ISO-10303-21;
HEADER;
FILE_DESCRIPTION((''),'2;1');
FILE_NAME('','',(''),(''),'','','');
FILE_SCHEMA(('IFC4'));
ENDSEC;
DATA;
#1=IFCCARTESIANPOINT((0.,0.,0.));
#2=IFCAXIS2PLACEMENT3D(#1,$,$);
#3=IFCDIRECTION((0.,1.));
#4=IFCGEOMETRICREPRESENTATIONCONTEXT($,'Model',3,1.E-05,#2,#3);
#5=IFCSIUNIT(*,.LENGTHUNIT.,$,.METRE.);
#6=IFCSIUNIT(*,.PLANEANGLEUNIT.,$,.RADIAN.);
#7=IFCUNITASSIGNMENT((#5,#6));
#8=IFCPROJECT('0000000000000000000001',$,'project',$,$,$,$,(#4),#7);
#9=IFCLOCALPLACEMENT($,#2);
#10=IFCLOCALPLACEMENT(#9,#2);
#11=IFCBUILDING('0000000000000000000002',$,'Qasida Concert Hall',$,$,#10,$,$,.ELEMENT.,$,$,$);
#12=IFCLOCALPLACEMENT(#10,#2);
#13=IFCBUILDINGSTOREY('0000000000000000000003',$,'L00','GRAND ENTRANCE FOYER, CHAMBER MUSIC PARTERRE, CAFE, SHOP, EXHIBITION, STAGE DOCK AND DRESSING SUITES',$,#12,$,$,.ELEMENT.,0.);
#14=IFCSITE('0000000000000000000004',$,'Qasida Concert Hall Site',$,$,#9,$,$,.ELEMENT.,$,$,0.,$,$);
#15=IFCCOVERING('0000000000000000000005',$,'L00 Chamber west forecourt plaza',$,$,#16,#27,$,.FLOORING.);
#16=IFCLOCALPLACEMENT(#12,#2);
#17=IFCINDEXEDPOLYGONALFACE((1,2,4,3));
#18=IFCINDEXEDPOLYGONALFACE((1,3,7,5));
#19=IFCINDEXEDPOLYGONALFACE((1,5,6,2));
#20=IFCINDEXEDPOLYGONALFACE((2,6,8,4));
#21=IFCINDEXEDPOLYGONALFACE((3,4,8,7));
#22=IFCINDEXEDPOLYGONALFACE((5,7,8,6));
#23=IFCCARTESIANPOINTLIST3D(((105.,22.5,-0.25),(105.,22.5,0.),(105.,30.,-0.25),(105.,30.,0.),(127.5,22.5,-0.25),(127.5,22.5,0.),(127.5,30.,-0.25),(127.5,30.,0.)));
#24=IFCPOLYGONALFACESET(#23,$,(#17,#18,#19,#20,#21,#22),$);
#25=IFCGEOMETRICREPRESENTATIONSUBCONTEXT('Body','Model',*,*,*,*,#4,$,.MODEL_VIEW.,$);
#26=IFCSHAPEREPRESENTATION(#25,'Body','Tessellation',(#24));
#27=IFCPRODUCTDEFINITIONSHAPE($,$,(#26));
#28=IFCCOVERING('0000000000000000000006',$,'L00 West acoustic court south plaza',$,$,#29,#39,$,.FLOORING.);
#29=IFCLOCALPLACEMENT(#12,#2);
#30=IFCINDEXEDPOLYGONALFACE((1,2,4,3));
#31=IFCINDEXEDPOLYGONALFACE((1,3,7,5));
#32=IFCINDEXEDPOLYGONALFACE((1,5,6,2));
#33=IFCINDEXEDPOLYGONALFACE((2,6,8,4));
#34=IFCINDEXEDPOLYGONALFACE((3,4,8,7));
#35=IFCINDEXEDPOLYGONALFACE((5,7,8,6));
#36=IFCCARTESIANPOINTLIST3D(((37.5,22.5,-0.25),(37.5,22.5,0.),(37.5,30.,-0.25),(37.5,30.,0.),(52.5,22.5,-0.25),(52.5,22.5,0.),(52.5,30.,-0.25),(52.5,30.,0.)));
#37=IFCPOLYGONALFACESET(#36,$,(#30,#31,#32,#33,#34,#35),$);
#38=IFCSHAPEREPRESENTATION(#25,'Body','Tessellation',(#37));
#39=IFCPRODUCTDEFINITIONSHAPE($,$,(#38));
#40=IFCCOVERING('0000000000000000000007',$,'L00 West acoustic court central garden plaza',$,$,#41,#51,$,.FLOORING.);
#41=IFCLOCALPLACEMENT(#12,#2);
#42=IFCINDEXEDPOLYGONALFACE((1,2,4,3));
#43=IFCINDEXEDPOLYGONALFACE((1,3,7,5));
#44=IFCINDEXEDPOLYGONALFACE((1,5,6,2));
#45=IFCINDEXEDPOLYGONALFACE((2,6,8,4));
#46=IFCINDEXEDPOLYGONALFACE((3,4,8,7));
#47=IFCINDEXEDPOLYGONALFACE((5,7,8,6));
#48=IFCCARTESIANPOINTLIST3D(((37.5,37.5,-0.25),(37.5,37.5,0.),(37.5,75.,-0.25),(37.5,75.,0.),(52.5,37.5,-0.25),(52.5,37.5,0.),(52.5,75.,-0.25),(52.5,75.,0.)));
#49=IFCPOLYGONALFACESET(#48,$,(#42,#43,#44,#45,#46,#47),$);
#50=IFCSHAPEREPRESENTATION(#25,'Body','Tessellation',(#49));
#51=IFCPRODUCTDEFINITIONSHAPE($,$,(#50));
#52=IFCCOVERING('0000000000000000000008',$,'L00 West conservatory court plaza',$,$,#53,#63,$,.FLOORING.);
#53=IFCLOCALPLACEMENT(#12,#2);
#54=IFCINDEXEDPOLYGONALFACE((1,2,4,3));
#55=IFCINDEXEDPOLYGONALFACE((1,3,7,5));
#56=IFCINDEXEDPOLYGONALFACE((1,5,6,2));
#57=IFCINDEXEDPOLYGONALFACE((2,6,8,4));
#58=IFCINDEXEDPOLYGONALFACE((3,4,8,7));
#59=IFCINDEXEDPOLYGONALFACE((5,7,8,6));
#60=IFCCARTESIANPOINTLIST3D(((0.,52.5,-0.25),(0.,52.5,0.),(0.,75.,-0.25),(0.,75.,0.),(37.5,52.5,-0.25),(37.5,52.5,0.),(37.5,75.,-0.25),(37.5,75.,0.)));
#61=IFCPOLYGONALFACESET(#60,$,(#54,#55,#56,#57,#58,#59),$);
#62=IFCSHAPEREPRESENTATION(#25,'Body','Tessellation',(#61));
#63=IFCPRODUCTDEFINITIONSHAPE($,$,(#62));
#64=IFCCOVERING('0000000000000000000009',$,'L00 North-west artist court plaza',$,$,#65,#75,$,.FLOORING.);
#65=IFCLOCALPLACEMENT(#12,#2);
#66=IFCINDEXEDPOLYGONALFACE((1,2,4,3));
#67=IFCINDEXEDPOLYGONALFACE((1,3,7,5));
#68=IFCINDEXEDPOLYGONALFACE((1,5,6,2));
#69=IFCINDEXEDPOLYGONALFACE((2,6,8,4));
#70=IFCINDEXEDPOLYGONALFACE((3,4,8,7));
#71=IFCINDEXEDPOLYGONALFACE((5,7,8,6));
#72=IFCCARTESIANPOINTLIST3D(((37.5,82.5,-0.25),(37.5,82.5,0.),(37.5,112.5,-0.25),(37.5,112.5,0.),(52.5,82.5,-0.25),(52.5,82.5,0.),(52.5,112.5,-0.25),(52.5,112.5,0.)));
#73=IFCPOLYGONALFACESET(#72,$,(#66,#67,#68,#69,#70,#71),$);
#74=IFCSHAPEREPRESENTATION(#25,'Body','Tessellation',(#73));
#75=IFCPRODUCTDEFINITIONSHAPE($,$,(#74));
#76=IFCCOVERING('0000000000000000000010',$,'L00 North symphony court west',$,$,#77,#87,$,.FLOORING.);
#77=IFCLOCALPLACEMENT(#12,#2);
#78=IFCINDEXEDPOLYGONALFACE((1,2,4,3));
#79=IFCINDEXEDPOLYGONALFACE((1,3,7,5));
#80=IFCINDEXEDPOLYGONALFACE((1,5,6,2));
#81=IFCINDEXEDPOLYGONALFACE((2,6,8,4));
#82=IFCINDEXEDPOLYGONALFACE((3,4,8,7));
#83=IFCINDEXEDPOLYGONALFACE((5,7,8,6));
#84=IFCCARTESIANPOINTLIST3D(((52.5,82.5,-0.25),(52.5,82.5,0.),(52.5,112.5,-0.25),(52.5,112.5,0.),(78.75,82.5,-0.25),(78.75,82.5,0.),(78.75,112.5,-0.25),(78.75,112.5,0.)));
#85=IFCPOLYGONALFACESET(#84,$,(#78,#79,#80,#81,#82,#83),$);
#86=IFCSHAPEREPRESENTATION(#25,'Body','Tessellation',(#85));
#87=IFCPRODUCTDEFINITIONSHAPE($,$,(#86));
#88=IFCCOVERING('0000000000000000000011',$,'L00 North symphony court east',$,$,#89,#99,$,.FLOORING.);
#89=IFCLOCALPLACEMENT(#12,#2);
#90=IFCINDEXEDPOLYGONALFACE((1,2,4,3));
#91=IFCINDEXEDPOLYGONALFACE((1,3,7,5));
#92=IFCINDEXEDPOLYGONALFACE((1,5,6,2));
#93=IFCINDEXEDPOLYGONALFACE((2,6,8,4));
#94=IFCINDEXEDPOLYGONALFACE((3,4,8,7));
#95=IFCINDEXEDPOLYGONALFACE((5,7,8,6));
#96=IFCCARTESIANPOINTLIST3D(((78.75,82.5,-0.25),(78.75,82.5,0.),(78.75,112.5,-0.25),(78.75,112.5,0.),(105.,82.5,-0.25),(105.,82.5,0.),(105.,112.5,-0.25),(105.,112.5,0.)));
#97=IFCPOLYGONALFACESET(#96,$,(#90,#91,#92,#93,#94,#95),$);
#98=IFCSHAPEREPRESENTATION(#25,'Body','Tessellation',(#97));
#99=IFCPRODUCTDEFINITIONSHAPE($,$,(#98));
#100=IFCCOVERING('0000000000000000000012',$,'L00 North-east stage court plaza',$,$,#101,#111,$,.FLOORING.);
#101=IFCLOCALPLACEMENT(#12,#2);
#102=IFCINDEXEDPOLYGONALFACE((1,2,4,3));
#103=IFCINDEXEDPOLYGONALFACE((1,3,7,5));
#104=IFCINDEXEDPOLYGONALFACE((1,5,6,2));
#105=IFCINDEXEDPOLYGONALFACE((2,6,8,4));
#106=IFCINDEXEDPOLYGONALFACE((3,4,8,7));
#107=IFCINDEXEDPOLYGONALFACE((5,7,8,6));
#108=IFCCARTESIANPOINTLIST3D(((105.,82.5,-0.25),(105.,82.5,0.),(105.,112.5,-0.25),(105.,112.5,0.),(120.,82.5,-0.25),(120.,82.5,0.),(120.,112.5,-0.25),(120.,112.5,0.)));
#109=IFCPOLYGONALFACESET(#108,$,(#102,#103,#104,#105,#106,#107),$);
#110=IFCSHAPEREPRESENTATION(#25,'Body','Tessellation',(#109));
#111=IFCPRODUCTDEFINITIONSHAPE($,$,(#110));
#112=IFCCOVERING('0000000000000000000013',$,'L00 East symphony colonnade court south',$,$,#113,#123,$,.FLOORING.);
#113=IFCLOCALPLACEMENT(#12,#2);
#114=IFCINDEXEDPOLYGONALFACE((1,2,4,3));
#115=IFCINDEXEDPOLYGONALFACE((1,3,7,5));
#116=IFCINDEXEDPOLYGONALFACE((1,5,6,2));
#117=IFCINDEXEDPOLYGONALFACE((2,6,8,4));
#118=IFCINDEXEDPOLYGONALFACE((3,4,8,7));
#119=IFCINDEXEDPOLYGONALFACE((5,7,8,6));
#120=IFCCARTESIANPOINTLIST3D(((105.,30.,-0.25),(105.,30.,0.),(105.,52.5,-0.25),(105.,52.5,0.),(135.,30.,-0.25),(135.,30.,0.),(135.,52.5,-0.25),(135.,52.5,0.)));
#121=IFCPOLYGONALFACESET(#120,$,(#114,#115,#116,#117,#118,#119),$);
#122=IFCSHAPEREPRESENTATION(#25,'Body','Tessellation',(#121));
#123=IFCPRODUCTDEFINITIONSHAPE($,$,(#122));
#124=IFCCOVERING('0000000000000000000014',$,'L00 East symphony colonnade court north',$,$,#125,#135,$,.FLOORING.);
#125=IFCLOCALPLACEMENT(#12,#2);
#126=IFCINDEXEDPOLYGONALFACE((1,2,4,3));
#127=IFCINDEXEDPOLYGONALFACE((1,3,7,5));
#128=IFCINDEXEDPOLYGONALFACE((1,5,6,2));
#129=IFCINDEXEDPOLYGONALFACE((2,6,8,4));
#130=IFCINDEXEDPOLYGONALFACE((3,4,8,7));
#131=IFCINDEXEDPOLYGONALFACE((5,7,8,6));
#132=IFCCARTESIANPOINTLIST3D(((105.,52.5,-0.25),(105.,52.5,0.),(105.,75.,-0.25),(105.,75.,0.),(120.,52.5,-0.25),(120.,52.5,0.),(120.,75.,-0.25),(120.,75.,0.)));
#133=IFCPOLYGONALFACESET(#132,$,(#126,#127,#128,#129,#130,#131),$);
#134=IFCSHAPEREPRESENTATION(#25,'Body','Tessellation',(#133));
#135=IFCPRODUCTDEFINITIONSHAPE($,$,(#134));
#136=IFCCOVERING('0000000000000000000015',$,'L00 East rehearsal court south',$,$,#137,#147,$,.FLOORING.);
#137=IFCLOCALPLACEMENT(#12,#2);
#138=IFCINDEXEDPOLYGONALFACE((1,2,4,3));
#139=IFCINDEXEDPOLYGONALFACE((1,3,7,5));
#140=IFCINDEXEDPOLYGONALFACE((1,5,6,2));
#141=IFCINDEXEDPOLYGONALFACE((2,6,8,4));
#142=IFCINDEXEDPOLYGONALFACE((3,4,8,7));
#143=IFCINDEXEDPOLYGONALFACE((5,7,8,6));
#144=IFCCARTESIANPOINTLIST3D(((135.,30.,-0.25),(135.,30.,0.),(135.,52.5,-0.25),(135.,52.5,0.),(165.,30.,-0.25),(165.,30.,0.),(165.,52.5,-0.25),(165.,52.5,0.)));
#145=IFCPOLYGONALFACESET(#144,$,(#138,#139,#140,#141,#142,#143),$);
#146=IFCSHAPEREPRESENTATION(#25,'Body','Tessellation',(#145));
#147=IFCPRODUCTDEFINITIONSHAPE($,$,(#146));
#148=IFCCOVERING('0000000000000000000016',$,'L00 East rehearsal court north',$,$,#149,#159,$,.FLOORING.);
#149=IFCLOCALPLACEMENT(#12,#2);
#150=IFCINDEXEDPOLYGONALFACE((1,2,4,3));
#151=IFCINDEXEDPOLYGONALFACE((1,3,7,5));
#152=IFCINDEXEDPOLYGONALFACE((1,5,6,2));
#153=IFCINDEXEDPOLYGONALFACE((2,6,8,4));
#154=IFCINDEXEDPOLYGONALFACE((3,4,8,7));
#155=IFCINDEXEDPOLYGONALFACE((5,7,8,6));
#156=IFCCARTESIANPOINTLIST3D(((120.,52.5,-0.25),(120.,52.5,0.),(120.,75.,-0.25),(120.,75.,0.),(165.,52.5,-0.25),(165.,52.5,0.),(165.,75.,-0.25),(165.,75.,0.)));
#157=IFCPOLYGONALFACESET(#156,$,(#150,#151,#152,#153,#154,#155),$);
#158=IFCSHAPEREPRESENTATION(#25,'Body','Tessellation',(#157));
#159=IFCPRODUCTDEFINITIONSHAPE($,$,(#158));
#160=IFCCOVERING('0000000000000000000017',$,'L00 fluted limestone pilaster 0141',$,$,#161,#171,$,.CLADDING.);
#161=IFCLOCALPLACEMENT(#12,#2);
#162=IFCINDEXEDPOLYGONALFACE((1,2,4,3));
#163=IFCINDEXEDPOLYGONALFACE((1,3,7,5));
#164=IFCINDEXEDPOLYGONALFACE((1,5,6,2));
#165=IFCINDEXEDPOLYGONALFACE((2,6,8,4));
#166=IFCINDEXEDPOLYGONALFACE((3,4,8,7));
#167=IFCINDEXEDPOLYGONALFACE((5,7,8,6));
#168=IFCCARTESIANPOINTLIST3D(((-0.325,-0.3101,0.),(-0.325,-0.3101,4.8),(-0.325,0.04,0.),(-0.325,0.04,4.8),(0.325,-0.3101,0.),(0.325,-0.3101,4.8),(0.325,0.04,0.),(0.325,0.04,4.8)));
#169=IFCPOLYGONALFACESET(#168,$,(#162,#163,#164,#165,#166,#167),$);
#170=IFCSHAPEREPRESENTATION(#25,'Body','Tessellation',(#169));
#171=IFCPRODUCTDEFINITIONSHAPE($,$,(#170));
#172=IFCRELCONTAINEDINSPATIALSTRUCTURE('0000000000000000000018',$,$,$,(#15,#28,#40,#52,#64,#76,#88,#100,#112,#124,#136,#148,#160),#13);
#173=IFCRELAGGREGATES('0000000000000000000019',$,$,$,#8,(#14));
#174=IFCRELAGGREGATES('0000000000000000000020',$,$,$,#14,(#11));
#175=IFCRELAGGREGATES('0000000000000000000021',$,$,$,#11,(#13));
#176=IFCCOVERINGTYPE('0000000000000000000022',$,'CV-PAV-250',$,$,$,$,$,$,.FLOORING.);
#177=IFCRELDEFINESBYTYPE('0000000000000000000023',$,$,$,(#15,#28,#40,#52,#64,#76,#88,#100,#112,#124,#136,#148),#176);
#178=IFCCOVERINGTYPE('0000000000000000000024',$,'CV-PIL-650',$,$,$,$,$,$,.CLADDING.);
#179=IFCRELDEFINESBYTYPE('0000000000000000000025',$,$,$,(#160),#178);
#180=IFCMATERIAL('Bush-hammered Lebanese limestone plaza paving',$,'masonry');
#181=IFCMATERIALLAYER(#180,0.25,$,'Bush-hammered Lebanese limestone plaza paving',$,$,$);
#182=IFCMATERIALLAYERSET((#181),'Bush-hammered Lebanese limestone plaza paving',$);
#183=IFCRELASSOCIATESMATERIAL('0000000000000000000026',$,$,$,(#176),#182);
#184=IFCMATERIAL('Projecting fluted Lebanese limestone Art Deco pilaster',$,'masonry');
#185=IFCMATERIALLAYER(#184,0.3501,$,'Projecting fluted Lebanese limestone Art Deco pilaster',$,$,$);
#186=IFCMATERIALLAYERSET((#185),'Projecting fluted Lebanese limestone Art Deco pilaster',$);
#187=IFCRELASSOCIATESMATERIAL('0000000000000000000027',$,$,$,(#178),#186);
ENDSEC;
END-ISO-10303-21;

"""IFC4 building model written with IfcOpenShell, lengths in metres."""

from ifc_helpers import new_model, si_unit, direction, frame, origin, origin_2d, place, context, subcontext, project, spatial, polyline, rectangle, outline, extrude, material, layer, layer_set, type_object, element, save


model = new_model("IFC4")

# Units and contexts
model_context = context("Model", 3, precision=1e-05, world=origin(), true_north=direction((0.0, 1.0)))
body_context = subcontext(model_context, "Body", "Model", "MODEL_VIEW")
ifc_project = project(units=[si_unit("LENGTHUNIT", "METRE"), si_unit("PLANEANGLEUNIT", "RADIAN")], contexts=[model_context])

# Site, building, storey
site_placement = place(None, origin())
site = spatial("IfcSite", under=ifc_project, at=site_placement, Name="Qasida Concert Hall Site", CompositionType="ELEMENT", RefElevation=0.0)
building_placement = place(site_placement, origin())
building = spatial("IfcBuilding", under=site, at=building_placement, Name="Qasida Concert Hall", CompositionType="ELEMENT")
storey_placement = place(building_placement, origin())
storey = spatial("IfcBuildingStorey", under=building, at=storey_placement, Name="L00", Description="GRAND ENTRANCE FOYER, CHAMBER MUSIC PARTERRE, CAFE, SHOP, EXHIBITION, STAGE DOCK AND DRESSING SUITES", CompositionType="ELEMENT", Elevation=0.0)

# Coverings
ifc_material_1 = material(Name="Bush-hammered Lebanese limestone plaza paving", Category="masonry")
ifc_layer_1 = layer(ifc_material_1, 0.25, Name="Bush-hammered Lebanese limestone plaza paving")
ifc_layer_set_1 = layer_set([ifc_layer_1], Name="Bush-hammered Lebanese limestone plaza paving")
covering_type_1 = type_object("IfcCoveringType", Name="CV-PAV-250", PredefinedType="FLOORING", material=ifc_layer_set_1)
covering_1_placement = place(storey_placement, frame((0.0, 0.0, -0.25)))
element("IfcCovering", 1, at=covering_1_placement, inside=storey, type_object=covering_type_1, Name="L00 Chamber west forecourt plaza", PredefinedType="FLOORING", context=body_context, shape_type="SweptSolid", body=[
    extrude(outline(polyline([(105.0, 22.5), (127.5, 22.5), (127.5, 30.0), (105.0, 30.0), (105.0, 22.5)])), origin(), (0.0, 0.0, 1.0), 0.25),
])
covering_2_placement = place(storey_placement, frame((0.0, 0.0, -0.25)))
element("IfcCovering", 2, at=covering_2_placement, inside=storey, type_object=covering_type_1, Name="L00 West acoustic court south plaza", PredefinedType="FLOORING", context=body_context, shape_type="SweptSolid", body=[
    extrude(outline(polyline([(37.5, 22.5), (52.5, 22.5), (52.5, 30.0), (37.5, 30.0), (37.5, 22.5)])), origin(), (0.0, 0.0, 1.0), 0.25),
])
covering_3_placement = place(storey_placement, frame((0.0, 0.0, -0.25)))
element("IfcCovering", 3, at=covering_3_placement, inside=storey, type_object=covering_type_1, Name="L00 West acoustic court central garden plaza", PredefinedType="FLOORING", context=body_context, shape_type="SweptSolid", body=[
    extrude(outline(polyline([(37.5, 37.5), (52.5, 37.5), (52.5, 75.0), (37.5, 75.0), (37.5, 37.5)])), origin(), (0.0, 0.0, 1.0), 0.25),
])
covering_4_placement = place(storey_placement, frame((0.0, 0.0, -0.25)))
element("IfcCovering", 4, at=covering_4_placement, inside=storey, type_object=covering_type_1, Name="L00 West conservatory court plaza", PredefinedType="FLOORING", context=body_context, shape_type="SweptSolid", body=[
    extrude(outline(polyline([(0.0, 52.5), (37.5, 52.5), (37.5, 75.0), (0.0, 75.0), (0.0, 52.5)])), origin(), (0.0, 0.0, 1.0), 0.25),
])
covering_5_placement = place(storey_placement, frame((0.0, 0.0, -0.25)))
element("IfcCovering", 5, at=covering_5_placement, inside=storey, type_object=covering_type_1, Name="L00 North-west artist court plaza", PredefinedType="FLOORING", context=body_context, shape_type="SweptSolid", body=[
    extrude(outline(polyline([(37.5, 82.5), (52.5, 82.5), (52.5, 112.5), (37.5, 112.5), (37.5, 82.5)])), origin(), (0.0, 0.0, 1.0), 0.25),
])
covering_6_placement = place(storey_placement, frame((0.0, 0.0, -0.25)))
element("IfcCovering", 6, at=covering_6_placement, inside=storey, type_object=covering_type_1, Name="L00 North symphony court west", PredefinedType="FLOORING", context=body_context, shape_type="SweptSolid", body=[
    extrude(outline(polyline([(52.5, 82.5), (78.75, 82.5), (78.75, 112.5), (52.5, 112.5), (52.5, 82.5)])), origin(), (0.0, 0.0, 1.0), 0.25),
])
covering_7_placement = place(storey_placement, frame((0.0, 0.0, -0.25)))
element("IfcCovering", 7, at=covering_7_placement, inside=storey, type_object=covering_type_1, Name="L00 North symphony court east", PredefinedType="FLOORING", context=body_context, shape_type="SweptSolid", body=[
    extrude(outline(polyline([(78.75, 82.5), (105.0, 82.5), (105.0, 112.5), (78.75, 112.5), (78.75, 82.5)])), origin(), (0.0, 0.0, 1.0), 0.25),
])
covering_8_placement = place(storey_placement, frame((0.0, 0.0, -0.25)))
element("IfcCovering", 8, at=covering_8_placement, inside=storey, type_object=covering_type_1, Name="L00 North-east stage court plaza", PredefinedType="FLOORING", context=body_context, shape_type="SweptSolid", body=[
    extrude(outline(polyline([(105.0, 82.5), (120.0, 82.5), (120.0, 112.5), (105.0, 112.5), (105.0, 82.5)])), origin(), (0.0, 0.0, 1.0), 0.25),
])
covering_9_placement = place(storey_placement, frame((0.0, 0.0, -0.25)))
element("IfcCovering", 9, at=covering_9_placement, inside=storey, type_object=covering_type_1, Name="L00 East symphony colonnade court south", PredefinedType="FLOORING", context=body_context, shape_type="SweptSolid", body=[
    extrude(outline(polyline([(105.0, 30.0), (135.0, 30.0), (135.0, 52.5), (105.0, 52.5), (105.0, 30.0)])), origin(), (0.0, 0.0, 1.0), 0.25),
])
covering_10_placement = place(storey_placement, frame((0.0, 0.0, -0.25)))
element("IfcCovering", 10, at=covering_10_placement, inside=storey, type_object=covering_type_1, Name="L00 East symphony colonnade court north", PredefinedType="FLOORING", context=body_context, shape_type="SweptSolid", body=[
    extrude(outline(polyline([(105.0, 52.5), (120.0, 52.5), (120.0, 75.0), (105.0, 75.0), (105.0, 52.5)])), origin(), (0.0, 0.0, 1.0), 0.25),
])
covering_11_placement = place(storey_placement, frame((0.0, 0.0, -0.25)))
element("IfcCovering", 11, at=covering_11_placement, inside=storey, type_object=covering_type_1, Name="L00 East rehearsal court south", PredefinedType="FLOORING", context=body_context, shape_type="SweptSolid", body=[
    extrude(outline(polyline([(135.0, 30.0), (165.0, 30.0), (165.0, 52.5), (135.0, 52.5), (135.0, 30.0)])), origin(), (0.0, 0.0, 1.0), 0.25),
])
covering_12_placement = place(storey_placement, frame((0.0, 0.0, -0.25)))
element("IfcCovering", 12, at=covering_12_placement, inside=storey, type_object=covering_type_1, Name="L00 East rehearsal court north", PredefinedType="FLOORING", context=body_context, shape_type="SweptSolid", body=[
    extrude(outline(polyline([(120.0, 52.5), (165.0, 52.5), (165.0, 75.0), (120.0, 75.0), (120.0, 52.5)])), origin(), (0.0, 0.0, 1.0), 0.25),
])
ifc_material_2 = material(Name="Projecting fluted Lebanese limestone Art Deco pilaster", Category="masonry")
ifc_layer_2 = layer(ifc_material_2, 0.3501, Name="Projecting fluted Lebanese limestone Art Deco pilaster")
ifc_layer_set_2 = layer_set([ifc_layer_2], Name="Projecting fluted Lebanese limestone Art Deco pilaster")
covering_type_2 = type_object("IfcCoveringType", Name="CV-PIL-650", PredefinedType="CLADDING", material=ifc_layer_set_2)
covering_13_placement = place(storey_placement, frame((0.0, -0.135, 0.0), z_axis=(0.0, 0.0, 1.0), x_axis=(1.0, 0.0, 0.0)))
element("IfcCovering", 13, at=covering_13_placement, inside=storey, type_object=covering_type_2, Name="L00 fluted limestone pilaster 0141", PredefinedType="CLADDING", context=body_context, shape_type="SweptSolid", body=[
    extrude(rectangle(XDim=0.6499, YDim=0.3501, at=origin_2d()), origin(), (0.0, 0.0, 1.0), 4.8),
])

save(model, "model.ifc")
